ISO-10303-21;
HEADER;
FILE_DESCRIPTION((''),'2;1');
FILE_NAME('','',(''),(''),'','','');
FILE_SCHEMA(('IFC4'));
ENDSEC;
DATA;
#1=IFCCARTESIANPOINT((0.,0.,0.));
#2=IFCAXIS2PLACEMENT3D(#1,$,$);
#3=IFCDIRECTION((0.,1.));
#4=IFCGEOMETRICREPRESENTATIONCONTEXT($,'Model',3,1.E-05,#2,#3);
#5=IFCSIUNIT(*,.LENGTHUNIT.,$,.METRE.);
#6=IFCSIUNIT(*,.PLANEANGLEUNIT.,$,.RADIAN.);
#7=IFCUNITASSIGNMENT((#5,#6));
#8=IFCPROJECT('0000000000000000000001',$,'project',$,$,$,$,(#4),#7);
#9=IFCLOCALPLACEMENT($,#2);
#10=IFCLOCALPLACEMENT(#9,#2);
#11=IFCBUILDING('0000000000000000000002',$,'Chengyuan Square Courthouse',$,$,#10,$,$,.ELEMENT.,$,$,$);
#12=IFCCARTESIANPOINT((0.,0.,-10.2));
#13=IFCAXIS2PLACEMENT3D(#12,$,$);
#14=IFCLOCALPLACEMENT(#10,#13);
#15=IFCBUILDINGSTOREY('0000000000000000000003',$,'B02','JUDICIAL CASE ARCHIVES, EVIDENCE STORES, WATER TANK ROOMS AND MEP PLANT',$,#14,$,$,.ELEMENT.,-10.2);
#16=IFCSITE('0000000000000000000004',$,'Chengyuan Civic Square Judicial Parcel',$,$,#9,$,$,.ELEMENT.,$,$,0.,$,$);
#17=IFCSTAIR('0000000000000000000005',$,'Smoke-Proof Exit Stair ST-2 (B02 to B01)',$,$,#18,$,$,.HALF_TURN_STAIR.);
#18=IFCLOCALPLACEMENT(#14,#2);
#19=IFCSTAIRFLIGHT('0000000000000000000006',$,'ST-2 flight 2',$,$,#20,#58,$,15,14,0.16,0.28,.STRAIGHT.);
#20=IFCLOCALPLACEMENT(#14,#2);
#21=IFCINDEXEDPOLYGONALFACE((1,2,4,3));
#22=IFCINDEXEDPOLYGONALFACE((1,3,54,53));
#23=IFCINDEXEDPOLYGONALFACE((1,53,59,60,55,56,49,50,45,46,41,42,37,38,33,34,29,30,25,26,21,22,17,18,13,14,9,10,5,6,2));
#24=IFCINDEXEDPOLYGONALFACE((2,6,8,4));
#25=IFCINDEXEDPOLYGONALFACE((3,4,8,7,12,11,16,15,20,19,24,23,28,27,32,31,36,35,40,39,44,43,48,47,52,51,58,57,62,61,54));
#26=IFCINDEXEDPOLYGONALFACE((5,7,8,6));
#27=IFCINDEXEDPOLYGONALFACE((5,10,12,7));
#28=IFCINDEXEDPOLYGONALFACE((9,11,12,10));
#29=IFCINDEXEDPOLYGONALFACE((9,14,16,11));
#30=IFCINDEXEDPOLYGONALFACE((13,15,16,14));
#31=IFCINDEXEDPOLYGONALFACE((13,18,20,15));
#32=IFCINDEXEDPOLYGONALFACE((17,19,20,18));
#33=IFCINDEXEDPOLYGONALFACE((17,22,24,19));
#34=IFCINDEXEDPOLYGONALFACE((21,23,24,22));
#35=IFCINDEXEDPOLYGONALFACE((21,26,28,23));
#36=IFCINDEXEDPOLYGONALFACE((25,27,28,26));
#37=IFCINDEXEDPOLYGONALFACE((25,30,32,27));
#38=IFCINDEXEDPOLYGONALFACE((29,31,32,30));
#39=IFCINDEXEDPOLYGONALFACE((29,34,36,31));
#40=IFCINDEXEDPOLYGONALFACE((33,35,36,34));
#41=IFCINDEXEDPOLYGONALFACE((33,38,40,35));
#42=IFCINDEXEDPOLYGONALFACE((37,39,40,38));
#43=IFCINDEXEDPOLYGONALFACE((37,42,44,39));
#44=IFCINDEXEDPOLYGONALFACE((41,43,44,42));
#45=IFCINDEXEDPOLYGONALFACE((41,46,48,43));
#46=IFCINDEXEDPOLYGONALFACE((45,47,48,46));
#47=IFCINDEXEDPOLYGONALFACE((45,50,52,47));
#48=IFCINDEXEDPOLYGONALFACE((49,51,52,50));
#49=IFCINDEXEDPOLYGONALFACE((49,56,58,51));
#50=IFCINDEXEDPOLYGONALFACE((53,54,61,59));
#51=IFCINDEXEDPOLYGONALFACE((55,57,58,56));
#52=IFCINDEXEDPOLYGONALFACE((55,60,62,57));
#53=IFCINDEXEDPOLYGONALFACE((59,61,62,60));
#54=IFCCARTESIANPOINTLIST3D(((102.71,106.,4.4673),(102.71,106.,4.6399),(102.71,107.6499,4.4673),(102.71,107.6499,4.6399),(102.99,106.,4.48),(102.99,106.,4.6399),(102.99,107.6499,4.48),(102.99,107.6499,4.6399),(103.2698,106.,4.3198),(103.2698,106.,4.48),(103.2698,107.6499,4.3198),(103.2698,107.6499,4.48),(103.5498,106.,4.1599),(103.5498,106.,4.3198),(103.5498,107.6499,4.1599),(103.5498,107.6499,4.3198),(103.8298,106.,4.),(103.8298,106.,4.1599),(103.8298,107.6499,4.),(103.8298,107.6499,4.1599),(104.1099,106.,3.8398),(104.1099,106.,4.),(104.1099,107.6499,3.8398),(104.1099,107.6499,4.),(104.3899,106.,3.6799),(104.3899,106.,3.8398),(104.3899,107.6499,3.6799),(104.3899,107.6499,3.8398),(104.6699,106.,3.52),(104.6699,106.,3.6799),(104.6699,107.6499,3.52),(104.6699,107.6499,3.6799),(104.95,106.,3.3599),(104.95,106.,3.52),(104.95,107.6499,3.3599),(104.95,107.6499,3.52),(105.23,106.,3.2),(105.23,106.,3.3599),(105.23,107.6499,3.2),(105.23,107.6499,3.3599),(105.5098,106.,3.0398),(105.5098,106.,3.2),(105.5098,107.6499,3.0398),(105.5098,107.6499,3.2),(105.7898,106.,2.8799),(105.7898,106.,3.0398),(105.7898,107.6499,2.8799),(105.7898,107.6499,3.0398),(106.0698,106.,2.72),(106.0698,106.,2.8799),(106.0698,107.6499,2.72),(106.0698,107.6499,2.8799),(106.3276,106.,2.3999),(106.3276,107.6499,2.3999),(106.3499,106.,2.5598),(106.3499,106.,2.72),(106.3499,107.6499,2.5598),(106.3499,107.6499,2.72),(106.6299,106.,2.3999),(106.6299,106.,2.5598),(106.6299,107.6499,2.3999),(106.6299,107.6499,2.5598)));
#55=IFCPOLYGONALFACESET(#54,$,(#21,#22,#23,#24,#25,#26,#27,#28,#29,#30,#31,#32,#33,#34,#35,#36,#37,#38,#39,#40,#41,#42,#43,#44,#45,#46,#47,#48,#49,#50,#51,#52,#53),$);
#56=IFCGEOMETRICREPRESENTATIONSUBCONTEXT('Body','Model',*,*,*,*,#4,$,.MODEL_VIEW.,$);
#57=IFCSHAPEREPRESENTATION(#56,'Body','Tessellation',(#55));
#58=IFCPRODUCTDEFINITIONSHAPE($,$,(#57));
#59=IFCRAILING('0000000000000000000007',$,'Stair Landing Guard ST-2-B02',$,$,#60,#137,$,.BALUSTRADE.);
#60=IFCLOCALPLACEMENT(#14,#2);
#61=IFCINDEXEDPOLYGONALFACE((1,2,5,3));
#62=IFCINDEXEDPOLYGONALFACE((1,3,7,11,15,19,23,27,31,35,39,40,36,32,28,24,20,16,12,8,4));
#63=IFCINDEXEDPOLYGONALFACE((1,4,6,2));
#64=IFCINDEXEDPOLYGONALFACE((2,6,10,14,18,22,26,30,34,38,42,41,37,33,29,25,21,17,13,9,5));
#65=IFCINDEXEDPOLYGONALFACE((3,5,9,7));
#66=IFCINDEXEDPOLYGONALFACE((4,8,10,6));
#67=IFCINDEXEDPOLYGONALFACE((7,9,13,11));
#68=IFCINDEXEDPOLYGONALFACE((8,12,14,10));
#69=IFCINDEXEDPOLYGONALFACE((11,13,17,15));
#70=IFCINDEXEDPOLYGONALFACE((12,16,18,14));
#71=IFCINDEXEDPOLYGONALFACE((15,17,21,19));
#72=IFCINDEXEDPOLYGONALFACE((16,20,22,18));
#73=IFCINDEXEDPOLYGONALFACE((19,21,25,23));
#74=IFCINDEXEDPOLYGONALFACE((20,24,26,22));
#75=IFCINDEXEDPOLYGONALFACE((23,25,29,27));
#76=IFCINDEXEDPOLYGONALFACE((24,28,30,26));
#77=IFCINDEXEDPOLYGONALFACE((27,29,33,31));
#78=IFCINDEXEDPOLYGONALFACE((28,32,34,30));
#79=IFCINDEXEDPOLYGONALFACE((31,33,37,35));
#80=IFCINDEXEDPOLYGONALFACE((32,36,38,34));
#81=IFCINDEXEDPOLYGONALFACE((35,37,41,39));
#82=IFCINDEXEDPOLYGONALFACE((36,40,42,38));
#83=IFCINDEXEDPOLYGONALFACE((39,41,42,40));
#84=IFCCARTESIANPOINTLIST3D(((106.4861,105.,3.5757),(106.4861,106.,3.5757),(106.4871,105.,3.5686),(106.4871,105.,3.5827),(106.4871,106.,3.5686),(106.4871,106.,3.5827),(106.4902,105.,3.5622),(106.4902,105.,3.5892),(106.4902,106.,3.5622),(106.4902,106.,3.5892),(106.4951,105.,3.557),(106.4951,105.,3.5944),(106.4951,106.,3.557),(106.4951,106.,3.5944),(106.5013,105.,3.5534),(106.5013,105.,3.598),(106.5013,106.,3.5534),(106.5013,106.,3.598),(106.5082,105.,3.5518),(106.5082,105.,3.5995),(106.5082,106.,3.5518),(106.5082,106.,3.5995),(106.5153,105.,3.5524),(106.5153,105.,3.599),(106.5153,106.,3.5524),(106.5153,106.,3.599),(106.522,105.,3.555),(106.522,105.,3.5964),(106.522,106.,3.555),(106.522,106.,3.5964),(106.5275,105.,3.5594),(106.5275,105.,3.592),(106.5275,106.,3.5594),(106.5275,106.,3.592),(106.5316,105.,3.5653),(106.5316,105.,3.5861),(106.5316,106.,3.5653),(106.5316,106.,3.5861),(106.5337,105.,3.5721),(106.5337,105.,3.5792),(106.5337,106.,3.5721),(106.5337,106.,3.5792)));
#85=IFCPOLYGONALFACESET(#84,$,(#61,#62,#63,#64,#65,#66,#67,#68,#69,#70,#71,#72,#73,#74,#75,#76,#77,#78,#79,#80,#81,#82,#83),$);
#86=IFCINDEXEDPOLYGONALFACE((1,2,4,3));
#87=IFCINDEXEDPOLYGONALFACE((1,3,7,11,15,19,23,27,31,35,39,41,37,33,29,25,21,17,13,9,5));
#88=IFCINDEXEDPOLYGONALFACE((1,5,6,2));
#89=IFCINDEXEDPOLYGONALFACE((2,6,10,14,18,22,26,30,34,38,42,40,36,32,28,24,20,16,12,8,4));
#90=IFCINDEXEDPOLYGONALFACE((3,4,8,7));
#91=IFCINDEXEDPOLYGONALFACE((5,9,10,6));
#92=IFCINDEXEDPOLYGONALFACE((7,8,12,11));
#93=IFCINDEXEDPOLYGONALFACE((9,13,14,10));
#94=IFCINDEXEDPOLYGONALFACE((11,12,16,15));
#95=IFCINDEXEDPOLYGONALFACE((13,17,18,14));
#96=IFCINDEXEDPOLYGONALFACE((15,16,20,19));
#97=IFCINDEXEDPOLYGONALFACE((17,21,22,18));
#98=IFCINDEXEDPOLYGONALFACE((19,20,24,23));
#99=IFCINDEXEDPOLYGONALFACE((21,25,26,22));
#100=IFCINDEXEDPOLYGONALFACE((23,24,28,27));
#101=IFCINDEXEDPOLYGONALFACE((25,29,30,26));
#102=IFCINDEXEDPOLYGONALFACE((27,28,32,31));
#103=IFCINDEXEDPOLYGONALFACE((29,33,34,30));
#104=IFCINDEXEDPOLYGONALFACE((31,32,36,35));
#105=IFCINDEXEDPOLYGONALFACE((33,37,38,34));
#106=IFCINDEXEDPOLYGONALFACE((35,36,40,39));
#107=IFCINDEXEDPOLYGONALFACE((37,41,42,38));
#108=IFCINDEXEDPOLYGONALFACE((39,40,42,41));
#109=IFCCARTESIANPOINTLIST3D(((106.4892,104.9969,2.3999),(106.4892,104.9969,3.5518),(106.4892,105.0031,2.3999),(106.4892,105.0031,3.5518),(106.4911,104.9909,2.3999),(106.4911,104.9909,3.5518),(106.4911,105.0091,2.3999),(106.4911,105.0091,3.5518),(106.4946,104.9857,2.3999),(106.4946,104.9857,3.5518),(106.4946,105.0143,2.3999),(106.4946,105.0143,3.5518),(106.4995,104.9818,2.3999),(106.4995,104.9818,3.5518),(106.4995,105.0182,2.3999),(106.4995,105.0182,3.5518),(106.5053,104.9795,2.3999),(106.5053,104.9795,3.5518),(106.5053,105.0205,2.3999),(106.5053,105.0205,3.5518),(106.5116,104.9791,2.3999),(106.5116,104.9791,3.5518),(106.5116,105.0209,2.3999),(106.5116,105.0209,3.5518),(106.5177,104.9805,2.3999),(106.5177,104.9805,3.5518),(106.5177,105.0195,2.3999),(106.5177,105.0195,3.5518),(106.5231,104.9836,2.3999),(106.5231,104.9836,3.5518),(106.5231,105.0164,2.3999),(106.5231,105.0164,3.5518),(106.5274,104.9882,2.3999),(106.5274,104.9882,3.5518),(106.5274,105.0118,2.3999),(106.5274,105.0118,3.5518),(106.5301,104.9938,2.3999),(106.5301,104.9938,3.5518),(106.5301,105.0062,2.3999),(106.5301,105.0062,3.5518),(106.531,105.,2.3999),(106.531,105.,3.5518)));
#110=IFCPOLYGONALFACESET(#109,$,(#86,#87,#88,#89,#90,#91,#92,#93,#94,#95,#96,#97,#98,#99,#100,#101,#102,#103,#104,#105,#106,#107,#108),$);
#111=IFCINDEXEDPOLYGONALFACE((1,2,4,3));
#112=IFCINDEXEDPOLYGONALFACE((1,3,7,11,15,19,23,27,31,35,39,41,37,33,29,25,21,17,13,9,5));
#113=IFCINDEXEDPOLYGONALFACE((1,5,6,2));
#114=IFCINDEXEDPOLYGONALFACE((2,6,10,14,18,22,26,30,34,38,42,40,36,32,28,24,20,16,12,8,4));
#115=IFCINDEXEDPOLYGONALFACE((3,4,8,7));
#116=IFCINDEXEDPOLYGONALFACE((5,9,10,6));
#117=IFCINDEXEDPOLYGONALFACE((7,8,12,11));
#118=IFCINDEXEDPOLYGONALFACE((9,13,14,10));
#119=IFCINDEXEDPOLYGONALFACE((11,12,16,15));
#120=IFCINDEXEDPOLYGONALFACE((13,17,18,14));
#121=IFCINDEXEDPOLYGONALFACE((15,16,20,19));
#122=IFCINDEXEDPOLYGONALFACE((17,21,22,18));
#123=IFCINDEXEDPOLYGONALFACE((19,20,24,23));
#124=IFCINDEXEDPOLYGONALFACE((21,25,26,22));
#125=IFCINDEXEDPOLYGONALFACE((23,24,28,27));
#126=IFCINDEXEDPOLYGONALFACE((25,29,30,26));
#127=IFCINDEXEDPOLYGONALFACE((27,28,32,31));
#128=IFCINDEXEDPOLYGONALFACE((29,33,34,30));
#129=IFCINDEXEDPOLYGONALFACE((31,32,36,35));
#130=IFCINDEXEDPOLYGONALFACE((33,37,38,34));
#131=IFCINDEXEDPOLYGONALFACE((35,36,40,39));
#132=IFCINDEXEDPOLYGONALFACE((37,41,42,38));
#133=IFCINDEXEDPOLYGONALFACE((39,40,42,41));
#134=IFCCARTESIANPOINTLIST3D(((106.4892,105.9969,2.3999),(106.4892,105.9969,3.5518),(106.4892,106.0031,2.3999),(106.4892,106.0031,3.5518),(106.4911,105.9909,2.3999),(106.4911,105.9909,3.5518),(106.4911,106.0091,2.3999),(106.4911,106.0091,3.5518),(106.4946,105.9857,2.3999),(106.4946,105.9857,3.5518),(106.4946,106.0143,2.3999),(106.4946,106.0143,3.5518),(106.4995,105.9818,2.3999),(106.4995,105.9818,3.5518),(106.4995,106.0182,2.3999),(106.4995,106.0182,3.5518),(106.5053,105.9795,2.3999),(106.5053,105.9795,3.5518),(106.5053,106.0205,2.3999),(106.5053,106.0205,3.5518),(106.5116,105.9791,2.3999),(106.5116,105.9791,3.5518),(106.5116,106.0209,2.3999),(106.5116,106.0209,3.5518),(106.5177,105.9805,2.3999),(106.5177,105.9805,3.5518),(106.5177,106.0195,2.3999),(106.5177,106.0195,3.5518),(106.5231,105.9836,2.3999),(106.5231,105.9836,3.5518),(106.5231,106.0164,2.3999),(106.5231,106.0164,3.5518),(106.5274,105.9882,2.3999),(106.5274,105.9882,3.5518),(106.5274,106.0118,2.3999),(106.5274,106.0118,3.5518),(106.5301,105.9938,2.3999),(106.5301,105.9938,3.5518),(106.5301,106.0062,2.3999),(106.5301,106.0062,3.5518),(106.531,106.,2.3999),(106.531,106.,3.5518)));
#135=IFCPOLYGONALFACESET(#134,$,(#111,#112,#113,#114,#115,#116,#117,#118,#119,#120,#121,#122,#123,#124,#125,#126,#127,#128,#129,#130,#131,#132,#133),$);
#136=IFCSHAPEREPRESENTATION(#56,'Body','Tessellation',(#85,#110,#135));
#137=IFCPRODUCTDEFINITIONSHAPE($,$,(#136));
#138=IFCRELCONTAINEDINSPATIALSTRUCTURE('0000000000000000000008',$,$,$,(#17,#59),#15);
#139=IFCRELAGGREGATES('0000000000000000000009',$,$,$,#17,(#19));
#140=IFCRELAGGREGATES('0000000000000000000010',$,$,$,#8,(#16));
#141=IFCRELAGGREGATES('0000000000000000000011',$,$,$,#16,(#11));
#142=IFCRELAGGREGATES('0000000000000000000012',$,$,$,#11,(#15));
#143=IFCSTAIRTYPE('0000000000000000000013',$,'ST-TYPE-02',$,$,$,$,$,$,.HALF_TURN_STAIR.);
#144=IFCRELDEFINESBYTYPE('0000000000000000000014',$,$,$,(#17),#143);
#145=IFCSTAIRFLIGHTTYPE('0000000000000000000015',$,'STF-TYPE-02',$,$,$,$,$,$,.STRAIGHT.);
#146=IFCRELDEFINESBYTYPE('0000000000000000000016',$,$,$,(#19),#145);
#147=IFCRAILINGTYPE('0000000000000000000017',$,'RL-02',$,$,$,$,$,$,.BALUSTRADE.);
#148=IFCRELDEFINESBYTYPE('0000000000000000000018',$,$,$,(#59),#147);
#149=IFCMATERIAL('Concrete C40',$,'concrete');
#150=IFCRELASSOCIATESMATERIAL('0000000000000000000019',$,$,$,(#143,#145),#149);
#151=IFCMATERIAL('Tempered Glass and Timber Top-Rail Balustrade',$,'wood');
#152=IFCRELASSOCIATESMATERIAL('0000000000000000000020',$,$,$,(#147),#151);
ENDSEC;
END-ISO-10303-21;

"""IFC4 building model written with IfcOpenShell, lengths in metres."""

from ifc_helpers import new_model, si_unit, direction, frame, origin, origin_2d, place, context, subcontext, project, spatial, polyline, circle, outline, extrude, material, type_object, element, aggregate, save


model = new_model("IFC4")

# Units and contexts
model_context = context("Model", 3, precision=1e-05, world=origin(), true_north=direction((0.0, 1.0)))
body_context = subcontext(model_context, "Body", "Model", "MODEL_VIEW")
ifc_project = project(units=[si_unit("LENGTHUNIT", "METRE"), si_unit("PLANEANGLEUNIT", "RADIAN")], contexts=[model_context])

# Site, building, storey
site_placement = place(None, origin())
site = spatial("IfcSite", under=ifc_project, at=site_placement, Name="Chengyuan Civic Square Judicial Parcel", CompositionType="ELEMENT", RefElevation=0.0)
building_placement = place(site_placement, origin())
building = spatial("IfcBuilding", under=site, at=building_placement, Name="Chengyuan Square Courthouse", CompositionType="ELEMENT")
storey_placement = place(building_placement, frame((0.0, 0.0, -10.2)))
storey = spatial("IfcBuildingStorey", under=building, at=storey_placement, Name="B02", Description="JUDICIAL CASE ARCHIVES, EVIDENCE STORES, WATER TANK ROOMS AND MEP PLANT", CompositionType="ELEMENT", Elevation=-10.2)

# Shared definitions
ifc_material_1 = material(Name="Concrete C40", Category="concrete")

# Stair, stair flight
stair_type = type_object("IfcStairType", Name="ST-TYPE-02", PredefinedType="HALF_TURN_STAIR", material=ifc_material_1)
stair_placement = place(storey_placement, origin())
stair = element("IfcStair", 1, at=stair_placement, inside=storey, type_object=stair_type, Name="Smoke-Proof Exit Stair ST-2 (B02 to B01)", PredefinedType="HALF_TURN_STAIR")
stair_flight_type = type_object("IfcStairFlightType", Name="STF-TYPE-02", PredefinedType="STRAIGHT", material=ifc_material_1)
stair_flight_1_placement = place(storey_placement, frame((106.6299, 106.825, 2.3999), z_axis=(0.0, 0.0, 1.0), x_axis=(-1.0, 0.0, 0.0)))
stair_flight_1 = element("IfcStairFlight", 2, at=stair_flight_1_placement, type_object=stair_flight_type, Name="ST-2 flight 2", NumberOfRisers=15, NumberOfTreads=14, PredefinedType="STRAIGHT", RiserHeight=0.16, TreadLength=0.28, context=body_context, shape_type="SweptSolid", body=[
    extrude(outline(polyline([(0.0, 0.0), (0.0, 0.1599), (0.28, 0.1599), (0.28, 0.3201), (0.5601, 0.3201), (0.5601, 0.48), (0.8401, 0.48), (0.8401, 0.6399), (1.1201, 0.6399), (1.1201, 0.8), (1.3999, 0.8), (1.3999, 0.96), (1.6799, 0.96), (1.6799, 1.1201), (1.96, 1.1201), (1.96, 1.28), (2.24, 1.28), (2.24, 1.4399), (2.52, 1.4399), (2.52, 1.6001), (2.8, 1.6001), (2.8, 1.76), (3.0801, 1.76), (3.0801, 1.9199), (3.3601, 1.9199), (3.3601, 2.0801), (3.6399, 2.0801), (3.6399, 2.24), (3.9199, 2.24), (3.9199, 2.3999), (3.9199, 2.0674), (0.3022, 0.0), (0.0, 0.0)])), frame((0.0, 0.825, 0.0), z_axis=(0.0, -1.0, 0.0), x_axis=(1.0, 0.0, 0.0)), (0.0, 0.0, 1.0), 1.6499),
])
aggregate(stair, [stair_flight_1])

# Railing
ifc_material_2 = material(Name="Tempered Glass and Timber Top-Rail Balustrade", Category="wood")
railing_type_1 = type_object("IfcRailingType", Name="RL-02", PredefinedType="BALUSTRADE", material=ifc_material_2)
railing_1_placement = place(storey_placement, frame((106.51, 105.0, 2.3999)))
element("IfcRailing", 3, at=railing_1_placement, inside=storey, type_object=railing_type_1, Name="Stair Landing Guard ST-2-B02", PredefinedType="BALUSTRADE", context=body_context, shape_type="SweptSolid", body=[
    extrude(circle(Radius=0.0239, at=origin_2d()), frame((0.0, 0.0, 1.1758), z_axis=(0.0, 1.0, 0.0), x_axis=(-1.0, 0.0, 0.0)), (0.0, 0.0, 1.0), 1.0),
    extrude(circle(Radius=0.021, at=origin_2d()), origin(), (0.0, 0.0, 1.0), 1.1519),
    extrude(circle(Radius=0.021, at=origin_2d()), frame((0.0, 1.0, 0.0)), (0.0, 0.0, 1.0), 1.1519),
])

save(model, "model.ifc")
